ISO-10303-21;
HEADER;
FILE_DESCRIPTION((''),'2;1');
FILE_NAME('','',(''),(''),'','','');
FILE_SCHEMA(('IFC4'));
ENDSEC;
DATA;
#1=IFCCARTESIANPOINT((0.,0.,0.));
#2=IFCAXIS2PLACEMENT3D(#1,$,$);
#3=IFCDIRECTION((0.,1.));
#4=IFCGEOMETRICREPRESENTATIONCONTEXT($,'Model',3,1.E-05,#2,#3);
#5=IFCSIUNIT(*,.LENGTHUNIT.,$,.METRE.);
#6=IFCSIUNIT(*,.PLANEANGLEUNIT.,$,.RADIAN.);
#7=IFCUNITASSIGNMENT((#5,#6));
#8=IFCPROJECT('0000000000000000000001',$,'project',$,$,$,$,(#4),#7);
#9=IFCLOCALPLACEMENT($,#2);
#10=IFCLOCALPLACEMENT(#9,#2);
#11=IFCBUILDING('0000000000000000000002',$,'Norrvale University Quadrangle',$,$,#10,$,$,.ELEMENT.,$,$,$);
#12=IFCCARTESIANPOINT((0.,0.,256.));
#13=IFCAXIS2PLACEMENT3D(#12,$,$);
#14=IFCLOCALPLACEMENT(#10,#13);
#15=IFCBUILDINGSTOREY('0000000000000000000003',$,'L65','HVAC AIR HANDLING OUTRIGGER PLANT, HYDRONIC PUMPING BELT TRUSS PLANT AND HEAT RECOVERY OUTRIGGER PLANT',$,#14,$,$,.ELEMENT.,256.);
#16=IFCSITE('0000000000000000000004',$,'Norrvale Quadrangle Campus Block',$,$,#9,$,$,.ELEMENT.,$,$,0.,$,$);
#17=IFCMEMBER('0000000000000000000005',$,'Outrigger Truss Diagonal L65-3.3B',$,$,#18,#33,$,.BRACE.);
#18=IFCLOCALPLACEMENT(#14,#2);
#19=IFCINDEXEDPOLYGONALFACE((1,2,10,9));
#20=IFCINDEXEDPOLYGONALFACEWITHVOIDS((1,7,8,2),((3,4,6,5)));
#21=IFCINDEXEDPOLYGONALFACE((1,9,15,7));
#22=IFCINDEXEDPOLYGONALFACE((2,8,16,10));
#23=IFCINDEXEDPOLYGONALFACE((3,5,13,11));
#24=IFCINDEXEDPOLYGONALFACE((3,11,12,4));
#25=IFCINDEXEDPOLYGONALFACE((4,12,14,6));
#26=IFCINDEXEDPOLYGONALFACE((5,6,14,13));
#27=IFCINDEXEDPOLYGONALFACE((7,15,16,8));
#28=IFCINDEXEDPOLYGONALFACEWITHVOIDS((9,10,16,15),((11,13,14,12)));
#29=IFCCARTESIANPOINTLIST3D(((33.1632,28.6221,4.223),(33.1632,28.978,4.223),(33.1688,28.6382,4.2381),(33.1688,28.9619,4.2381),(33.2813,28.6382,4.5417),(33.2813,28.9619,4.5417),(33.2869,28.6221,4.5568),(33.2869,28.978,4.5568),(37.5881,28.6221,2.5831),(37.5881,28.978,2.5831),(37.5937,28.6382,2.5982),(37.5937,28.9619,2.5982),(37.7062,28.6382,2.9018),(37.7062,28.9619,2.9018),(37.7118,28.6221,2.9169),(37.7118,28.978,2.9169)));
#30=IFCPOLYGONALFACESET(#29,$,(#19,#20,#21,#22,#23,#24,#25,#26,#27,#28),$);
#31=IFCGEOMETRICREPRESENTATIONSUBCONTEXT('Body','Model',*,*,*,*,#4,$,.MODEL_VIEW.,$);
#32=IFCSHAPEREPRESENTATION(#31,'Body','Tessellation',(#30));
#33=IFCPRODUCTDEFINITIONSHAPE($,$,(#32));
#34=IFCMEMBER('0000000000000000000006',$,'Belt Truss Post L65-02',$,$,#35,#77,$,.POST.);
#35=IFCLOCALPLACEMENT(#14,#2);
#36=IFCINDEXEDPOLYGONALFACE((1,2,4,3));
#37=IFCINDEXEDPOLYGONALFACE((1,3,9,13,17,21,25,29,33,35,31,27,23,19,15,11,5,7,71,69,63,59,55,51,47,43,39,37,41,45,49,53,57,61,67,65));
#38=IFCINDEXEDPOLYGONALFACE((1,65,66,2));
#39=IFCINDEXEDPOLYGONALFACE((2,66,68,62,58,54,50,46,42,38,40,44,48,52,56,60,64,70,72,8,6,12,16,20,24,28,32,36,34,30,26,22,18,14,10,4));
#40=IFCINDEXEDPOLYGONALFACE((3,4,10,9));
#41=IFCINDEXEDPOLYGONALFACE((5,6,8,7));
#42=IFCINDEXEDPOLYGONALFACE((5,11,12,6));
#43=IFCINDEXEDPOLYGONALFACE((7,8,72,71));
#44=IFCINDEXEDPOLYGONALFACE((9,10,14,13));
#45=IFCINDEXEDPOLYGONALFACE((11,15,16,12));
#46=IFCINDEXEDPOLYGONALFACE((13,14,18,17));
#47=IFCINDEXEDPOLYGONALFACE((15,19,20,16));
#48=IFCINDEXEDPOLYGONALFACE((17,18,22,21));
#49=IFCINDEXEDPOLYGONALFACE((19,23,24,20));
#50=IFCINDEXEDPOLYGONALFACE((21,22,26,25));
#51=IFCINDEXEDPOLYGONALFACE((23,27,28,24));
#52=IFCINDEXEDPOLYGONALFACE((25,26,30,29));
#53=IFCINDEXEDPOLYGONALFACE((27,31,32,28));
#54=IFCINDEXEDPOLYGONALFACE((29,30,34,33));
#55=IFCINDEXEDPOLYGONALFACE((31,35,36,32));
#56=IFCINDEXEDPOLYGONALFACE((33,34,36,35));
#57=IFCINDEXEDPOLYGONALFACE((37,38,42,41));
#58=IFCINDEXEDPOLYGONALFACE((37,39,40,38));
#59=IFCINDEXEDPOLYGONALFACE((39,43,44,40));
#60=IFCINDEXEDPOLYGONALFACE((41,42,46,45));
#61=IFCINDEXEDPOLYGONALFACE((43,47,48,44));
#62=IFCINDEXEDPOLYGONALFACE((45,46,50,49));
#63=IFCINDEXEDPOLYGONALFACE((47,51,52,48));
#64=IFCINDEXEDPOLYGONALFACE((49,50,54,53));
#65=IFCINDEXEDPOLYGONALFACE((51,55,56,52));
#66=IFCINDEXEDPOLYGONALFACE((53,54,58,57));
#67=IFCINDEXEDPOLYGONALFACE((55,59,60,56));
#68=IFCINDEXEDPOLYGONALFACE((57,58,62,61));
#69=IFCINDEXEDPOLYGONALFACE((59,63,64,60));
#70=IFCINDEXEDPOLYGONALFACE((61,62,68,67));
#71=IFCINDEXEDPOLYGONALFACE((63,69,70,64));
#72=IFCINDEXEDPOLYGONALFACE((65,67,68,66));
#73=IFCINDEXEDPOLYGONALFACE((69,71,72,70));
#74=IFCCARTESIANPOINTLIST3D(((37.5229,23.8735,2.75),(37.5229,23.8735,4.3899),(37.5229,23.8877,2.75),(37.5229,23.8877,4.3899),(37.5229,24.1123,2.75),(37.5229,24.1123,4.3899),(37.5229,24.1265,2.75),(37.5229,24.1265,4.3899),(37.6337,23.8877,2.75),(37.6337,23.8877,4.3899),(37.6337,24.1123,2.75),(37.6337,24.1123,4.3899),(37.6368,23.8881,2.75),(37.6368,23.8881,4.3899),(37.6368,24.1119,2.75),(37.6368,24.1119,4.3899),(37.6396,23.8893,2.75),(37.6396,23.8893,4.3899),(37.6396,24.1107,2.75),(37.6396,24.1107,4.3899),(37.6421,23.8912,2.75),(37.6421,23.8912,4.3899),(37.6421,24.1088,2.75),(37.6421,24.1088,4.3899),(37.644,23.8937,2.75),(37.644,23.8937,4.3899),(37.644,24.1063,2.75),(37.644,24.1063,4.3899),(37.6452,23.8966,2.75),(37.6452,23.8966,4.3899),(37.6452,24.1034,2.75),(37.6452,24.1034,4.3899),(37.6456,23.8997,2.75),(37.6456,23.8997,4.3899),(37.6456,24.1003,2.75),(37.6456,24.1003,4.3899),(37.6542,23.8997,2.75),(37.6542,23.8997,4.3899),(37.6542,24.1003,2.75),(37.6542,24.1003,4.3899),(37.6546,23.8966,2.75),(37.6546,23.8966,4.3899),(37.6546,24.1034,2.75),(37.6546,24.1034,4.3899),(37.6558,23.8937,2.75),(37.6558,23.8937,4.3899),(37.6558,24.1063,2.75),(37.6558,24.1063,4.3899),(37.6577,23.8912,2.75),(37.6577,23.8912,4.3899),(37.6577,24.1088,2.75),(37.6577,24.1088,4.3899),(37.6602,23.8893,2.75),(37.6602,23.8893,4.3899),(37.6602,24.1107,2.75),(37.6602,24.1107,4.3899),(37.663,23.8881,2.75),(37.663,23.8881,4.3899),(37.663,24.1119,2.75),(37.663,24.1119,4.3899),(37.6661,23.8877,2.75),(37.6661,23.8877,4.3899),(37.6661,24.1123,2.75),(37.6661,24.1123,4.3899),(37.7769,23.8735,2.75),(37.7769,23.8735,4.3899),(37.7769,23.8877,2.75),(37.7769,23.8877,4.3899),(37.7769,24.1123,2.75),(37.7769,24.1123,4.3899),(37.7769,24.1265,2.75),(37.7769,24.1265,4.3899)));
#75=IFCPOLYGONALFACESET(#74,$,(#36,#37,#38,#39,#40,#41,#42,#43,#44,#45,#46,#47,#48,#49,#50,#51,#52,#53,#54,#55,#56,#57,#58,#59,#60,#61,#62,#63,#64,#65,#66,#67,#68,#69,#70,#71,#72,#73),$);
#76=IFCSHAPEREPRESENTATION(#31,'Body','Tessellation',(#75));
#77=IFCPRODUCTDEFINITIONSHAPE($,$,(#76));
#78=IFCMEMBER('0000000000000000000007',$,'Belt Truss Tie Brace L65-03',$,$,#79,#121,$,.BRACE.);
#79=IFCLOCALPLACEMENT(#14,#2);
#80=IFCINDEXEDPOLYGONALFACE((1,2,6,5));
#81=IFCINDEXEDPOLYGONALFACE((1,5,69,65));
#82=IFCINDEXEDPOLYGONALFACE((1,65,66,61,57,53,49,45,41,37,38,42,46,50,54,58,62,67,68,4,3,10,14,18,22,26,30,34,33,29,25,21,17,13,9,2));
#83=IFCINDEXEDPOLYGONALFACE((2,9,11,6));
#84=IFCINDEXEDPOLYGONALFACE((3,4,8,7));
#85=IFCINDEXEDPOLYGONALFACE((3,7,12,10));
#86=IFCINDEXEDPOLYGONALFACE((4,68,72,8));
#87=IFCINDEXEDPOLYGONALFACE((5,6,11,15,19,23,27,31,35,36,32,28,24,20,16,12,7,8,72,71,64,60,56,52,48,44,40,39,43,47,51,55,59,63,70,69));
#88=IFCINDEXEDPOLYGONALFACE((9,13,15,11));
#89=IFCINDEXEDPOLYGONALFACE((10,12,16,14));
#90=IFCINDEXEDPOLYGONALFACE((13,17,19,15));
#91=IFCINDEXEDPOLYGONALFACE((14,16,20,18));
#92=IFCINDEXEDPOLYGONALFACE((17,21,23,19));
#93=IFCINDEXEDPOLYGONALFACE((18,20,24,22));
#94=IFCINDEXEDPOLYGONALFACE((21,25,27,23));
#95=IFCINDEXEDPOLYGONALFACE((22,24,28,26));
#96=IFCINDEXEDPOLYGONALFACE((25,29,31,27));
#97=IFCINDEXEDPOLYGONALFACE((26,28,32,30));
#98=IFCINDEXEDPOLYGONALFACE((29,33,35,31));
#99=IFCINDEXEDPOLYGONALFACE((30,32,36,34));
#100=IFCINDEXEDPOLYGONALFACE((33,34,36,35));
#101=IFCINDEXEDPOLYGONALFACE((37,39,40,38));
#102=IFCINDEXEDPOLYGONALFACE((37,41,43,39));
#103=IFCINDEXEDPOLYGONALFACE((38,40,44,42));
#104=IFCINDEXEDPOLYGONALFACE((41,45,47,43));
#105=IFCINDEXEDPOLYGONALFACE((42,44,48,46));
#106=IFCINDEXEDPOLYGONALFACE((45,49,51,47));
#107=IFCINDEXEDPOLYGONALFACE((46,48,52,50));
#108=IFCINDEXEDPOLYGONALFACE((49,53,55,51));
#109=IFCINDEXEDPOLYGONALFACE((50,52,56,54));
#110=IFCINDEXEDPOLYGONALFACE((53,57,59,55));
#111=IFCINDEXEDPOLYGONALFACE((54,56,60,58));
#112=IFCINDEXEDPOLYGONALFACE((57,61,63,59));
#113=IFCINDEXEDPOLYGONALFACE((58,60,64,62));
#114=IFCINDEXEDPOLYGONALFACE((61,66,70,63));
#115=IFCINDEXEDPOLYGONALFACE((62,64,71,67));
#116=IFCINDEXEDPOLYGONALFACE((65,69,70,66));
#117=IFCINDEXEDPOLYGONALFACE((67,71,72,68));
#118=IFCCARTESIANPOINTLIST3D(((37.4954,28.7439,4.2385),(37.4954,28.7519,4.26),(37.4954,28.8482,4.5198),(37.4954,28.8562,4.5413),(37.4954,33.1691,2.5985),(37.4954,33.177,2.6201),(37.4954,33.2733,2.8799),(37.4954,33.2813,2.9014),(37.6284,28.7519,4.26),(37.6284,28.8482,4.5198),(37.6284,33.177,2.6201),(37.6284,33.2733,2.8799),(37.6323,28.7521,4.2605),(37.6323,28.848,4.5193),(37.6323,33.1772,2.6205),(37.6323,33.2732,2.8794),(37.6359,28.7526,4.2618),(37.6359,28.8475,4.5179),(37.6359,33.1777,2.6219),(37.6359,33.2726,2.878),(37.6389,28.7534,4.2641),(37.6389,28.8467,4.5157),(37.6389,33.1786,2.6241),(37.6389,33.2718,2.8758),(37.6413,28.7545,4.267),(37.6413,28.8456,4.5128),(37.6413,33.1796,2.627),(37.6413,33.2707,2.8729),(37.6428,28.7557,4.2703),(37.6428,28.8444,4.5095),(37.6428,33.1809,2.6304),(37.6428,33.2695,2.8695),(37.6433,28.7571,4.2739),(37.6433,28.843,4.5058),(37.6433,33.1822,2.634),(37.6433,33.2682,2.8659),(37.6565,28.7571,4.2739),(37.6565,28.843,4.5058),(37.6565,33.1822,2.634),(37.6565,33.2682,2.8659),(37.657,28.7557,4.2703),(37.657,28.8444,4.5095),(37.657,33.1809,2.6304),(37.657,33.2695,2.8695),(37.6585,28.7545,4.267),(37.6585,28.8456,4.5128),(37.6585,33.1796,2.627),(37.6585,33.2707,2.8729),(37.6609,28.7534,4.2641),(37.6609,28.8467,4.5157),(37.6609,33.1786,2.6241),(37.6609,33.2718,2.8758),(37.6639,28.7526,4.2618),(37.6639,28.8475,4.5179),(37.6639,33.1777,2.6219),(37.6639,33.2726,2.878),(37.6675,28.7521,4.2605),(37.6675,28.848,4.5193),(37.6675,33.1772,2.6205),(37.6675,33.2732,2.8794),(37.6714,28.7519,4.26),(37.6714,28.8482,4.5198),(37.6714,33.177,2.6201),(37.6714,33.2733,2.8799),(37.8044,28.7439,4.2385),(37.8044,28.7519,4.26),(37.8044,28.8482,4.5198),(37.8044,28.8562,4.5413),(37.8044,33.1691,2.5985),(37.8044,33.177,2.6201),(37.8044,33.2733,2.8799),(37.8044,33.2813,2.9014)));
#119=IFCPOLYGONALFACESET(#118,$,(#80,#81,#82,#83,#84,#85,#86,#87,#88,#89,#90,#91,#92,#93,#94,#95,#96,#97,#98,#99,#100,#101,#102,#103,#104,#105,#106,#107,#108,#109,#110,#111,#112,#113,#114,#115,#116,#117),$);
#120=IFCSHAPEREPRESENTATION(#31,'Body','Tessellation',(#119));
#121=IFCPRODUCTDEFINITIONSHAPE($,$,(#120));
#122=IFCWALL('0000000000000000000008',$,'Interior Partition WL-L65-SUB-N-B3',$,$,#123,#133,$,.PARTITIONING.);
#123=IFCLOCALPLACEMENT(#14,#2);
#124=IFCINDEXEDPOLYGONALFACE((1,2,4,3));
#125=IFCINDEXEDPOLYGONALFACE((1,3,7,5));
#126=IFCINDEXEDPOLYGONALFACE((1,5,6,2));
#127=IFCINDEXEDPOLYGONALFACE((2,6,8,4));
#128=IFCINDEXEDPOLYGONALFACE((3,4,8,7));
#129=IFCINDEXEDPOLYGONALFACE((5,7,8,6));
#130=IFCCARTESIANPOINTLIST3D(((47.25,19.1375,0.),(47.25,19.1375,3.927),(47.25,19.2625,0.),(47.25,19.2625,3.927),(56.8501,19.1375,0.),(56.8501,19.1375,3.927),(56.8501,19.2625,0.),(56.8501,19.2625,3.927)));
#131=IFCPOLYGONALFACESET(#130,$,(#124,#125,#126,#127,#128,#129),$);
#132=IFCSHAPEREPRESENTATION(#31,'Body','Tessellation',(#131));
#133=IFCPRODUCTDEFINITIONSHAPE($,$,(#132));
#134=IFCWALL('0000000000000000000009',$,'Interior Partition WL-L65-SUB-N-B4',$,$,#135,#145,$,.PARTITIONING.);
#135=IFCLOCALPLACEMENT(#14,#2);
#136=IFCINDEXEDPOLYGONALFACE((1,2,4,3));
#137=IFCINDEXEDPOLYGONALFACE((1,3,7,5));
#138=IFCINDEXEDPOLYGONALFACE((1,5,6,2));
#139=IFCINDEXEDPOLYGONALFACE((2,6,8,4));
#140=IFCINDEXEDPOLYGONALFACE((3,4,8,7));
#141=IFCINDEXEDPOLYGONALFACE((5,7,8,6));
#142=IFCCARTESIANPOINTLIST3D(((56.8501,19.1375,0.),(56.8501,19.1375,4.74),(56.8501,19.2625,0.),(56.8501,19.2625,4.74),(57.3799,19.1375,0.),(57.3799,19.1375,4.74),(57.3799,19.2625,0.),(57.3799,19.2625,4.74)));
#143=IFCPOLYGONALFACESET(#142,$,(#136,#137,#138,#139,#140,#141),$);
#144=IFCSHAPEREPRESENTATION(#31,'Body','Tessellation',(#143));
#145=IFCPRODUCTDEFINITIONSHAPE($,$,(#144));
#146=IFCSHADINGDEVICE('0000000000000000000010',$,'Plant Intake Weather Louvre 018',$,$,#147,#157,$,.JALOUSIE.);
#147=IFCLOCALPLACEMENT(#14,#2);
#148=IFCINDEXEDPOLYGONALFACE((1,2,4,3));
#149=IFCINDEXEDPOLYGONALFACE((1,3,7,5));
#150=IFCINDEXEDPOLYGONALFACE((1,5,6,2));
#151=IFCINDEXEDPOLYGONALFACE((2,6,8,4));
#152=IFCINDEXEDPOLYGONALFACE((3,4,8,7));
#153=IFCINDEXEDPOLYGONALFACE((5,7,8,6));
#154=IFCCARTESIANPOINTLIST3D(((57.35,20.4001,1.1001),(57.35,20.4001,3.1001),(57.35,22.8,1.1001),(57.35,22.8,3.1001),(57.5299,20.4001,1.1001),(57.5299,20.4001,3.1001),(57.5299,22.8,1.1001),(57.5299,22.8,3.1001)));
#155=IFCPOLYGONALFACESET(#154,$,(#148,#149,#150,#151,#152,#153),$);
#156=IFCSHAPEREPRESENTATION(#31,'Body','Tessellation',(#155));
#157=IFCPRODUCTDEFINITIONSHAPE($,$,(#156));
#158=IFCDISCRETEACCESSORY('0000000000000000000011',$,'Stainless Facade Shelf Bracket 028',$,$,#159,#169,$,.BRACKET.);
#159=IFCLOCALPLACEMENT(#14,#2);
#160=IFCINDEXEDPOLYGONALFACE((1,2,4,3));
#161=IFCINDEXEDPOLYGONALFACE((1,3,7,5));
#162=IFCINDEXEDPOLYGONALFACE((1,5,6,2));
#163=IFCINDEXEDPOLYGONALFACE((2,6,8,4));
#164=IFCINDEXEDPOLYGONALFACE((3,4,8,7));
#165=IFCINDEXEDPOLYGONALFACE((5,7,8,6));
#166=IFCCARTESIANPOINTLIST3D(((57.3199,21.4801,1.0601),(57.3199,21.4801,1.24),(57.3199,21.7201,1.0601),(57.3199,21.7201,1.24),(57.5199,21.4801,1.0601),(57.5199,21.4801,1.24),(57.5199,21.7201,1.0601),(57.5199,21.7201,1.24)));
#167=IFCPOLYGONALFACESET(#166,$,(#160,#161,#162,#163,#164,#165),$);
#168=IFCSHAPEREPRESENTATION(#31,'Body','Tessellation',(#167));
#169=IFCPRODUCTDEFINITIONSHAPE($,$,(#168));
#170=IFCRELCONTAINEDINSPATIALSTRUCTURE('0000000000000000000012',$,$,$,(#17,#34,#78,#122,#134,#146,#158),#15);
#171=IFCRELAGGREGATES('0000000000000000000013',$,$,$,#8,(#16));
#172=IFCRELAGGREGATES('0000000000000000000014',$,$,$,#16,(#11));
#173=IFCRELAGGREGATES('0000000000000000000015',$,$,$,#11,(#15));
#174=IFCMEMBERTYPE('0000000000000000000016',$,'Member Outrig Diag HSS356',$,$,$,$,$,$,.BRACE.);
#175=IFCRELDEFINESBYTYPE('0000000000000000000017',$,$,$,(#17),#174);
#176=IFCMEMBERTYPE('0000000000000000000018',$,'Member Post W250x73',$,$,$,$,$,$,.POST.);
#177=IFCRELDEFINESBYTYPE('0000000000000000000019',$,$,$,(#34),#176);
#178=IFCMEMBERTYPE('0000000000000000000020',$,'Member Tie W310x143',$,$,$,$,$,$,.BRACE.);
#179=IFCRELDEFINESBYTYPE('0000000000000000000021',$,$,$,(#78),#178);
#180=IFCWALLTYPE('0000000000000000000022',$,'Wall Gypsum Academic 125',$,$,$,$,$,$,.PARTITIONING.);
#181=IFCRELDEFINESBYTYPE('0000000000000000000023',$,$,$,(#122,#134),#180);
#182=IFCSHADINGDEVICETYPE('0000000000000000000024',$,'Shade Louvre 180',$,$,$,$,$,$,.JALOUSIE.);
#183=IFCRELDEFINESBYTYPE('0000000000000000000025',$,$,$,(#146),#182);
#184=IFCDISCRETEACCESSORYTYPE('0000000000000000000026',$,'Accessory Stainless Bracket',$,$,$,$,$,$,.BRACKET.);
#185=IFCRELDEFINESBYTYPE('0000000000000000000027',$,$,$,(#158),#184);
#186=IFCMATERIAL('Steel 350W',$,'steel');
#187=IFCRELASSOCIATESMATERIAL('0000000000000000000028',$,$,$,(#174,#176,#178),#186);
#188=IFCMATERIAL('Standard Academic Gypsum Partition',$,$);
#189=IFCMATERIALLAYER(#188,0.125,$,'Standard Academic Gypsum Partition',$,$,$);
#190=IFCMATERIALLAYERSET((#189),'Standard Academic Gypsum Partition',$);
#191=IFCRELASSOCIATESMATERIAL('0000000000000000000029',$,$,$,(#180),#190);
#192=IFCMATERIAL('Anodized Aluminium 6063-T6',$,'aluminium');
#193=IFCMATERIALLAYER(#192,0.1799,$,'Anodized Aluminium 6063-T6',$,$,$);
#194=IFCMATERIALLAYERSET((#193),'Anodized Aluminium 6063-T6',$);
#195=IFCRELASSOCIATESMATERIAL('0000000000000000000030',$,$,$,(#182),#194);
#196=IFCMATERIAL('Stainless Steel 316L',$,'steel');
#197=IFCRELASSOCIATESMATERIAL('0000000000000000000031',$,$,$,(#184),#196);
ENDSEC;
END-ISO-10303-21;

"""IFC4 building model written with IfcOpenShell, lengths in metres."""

from ifc_helpers import new_model, si_unit, direction, frame, frame_2d, origin, origin_2d, place, context, subcontext, project, spatial, rectangle, hollow_rectangle, i_section, extrude, material, layer, layer_set, material_profile, profile_set, type_object, element, save


model = new_model("IFC4")

# Units and contexts
model_context = context("Model", 3, precision=1e-05, world=origin(), true_north=direction((0.0, 1.0)))
body_context = subcontext(model_context, "Body", "Model", "MODEL_VIEW")
ifc_project = project(units=[si_unit("LENGTHUNIT", "METRE"), si_unit("PLANEANGLEUNIT", "RADIAN")], contexts=[model_context])

# Site, building, storey
site_placement = place(None, origin())
site = spatial("IfcSite", under=ifc_project, at=site_placement, Name="Norrvale Quadrangle Campus Block", CompositionType="ELEMENT", RefElevation=0.0)
building_placement = place(site_placement, origin())
building = spatial("IfcBuilding", under=site, at=building_placement, Name="Norrvale University Quadrangle", CompositionType="ELEMENT")
storey_placement = place(building_placement, frame((0.0, 0.0, 256.0)))
storey = spatial("IfcBuildingStorey", under=building, at=storey_placement, Name="L65", Description="HVAC AIR HANDLING OUTRIGGER PLANT, HYDRONIC PUMPING BELT TRUSS PLANT AND HEAT RECOVERY OUTRIGGER PLANT", CompositionType="ELEMENT", Elevation=256.0)

# Shared definitions
ifc_material_1 = material(Name="Steel 350W", Category="steel")

# Members
ifc_material_profile_1 = material_profile(ifc_material_1, hollow_rectangle(XDim=0.356, YDim=0.356, WallThickness=0.0161, at=origin_2d()), Name="Steel 350W")
ifc_profile_set_1 = profile_set([ifc_material_profile_1], Name="Steel 350W")
member_type_1 = type_object("IfcMemberType", Name="Member Outrig Diag HSS356", PredefinedType="BRACE", material=ifc_profile_set_1)
member_1_placement = place(storey_placement, frame((37.6499, 28.8, 2.75), z_axis=(-0.937674, 0.0, 0.347515), x_axis=(0.0, -1.0, 0.0)))
element("IfcMember", 1, at=member_1_placement, inside=storey, type_object=member_type_1, Name="Outrigger Truss Diagonal L65-3.3B", PredefinedType="BRACE", context=body_context, shape_type="SweptSolid", body=[
    extrude(hollow_rectangle(XDim=0.356, YDim=0.356, WallThickness=0.0161, at=origin_2d()), origin(), (0.0, 0.0, 1.0), 4.719),
])
ifc_material_profile_2 = material_profile(ifc_material_1, i_section(OverallWidth=0.2539, OverallDepth=0.2529, WebThickness=0.0085, FlangeThickness=0.0142, FilletRadius=0.012, at=origin_2d()), Name="Steel 350W")
ifc_profile_set_2 = profile_set([ifc_material_profile_2], Name="Steel 350W")
member_type_2 = type_object("IfcMemberType", Name="Member Post W250x73", PredefinedType="POST", material=ifc_profile_set_2)
member_2_placement = place(storey_placement, frame((37.6499, 24.0, 2.75), z_axis=(0.0, 0.0, 1.0), x_axis=(1.0, 0.0, 0.0)))
element("IfcMember", 2, at=member_2_placement, inside=storey, type_object=member_type_2, Name="Belt Truss Post L65-02", PredefinedType="POST", context=body_context, shape_type="SweptSolid", body=[
    extrude(i_section(OverallWidth=0.2539, OverallDepth=0.2529, WebThickness=0.0085, FlangeThickness=0.0142, FilletRadius=0.012, at=origin_2d()), origin(), (0.0, 0.0, 1.0), 1.6399),
])
ifc_material_profile_3 = material_profile(ifc_material_1, i_section(OverallWidth=0.3091, OverallDepth=0.323, WebThickness=0.0132, FlangeThickness=0.0229, FilletRadius=0.0149, at=origin_2d()), Name="Steel 350W")
ifc_profile_set_3 = profile_set([ifc_material_profile_3], Name="Steel 350W")
member_type_3 = type_object("IfcMemberType", Name="Member Tie W310x143", PredefinedType="BRACE", material=ifc_profile_set_3)
member_3_placement = place(storey_placement, frame((37.6499, 28.8, 4.3899), z_axis=(0.0, 0.937681, -0.347498), x_axis=(-1.0, 0.0, 0.0)))
element("IfcMember", 3, at=member_3_placement, inside=storey, type_object=member_type_3, Name="Belt Truss Tie Brace L65-03", PredefinedType="BRACE", context=body_context, shape_type="SweptSolid", body=[
    extrude(i_section(OverallWidth=0.3091, OverallDepth=0.323, WebThickness=0.0132, FlangeThickness=0.0229, FilletRadius=0.0149, at=origin_2d()), origin(), (0.0, 0.0, 1.0), 4.7192),
])

# Walls
ifc_material_2 = material(Name="Standard Academic Gypsum Partition")
ifc_layer_1 = layer(ifc_material_2, 0.125, Name="Standard Academic Gypsum Partition")
ifc_layer_set_1 = layer_set([ifc_layer_1], Name="Standard Academic Gypsum Partition")
wall_type = type_object("IfcWallType", Name="Wall Gypsum Academic 125", PredefinedType="PARTITIONING", material=ifc_layer_set_1)
wall_1_placement = place(storey_placement, frame((47.25, 19.2, 0.0), z_axis=(0.0, 0.0, 1.0), x_axis=(1.0, 0.0, 0.0)))
element("IfcWall", 4, at=wall_1_placement, inside=storey, type_object=wall_type, Name="Interior Partition WL-L65-SUB-N-B3", PredefinedType="PARTITIONING", context=body_context, shape_type="SweptSolid", body=[
    extrude(rectangle(XDim=9.6001, YDim=0.125, at=frame_2d((4.8, 0.0))), origin(), (0.0, 0.0, 1.0), 3.927),
])
wall_2_placement = place(storey_placement, frame((56.8501, 19.2, 0.0), z_axis=(0.0, 0.0, 1.0), x_axis=(1.0, 0.0, 0.0)))
element("IfcWall", 5, at=wall_2_placement, inside=storey, type_object=wall_type, Name="Interior Partition WL-L65-SUB-N-B4", PredefinedType="PARTITIONING", context=body_context, shape_type="SweptSolid", body=[
    extrude(rectangle(XDim=0.5298, YDim=0.125, at=frame_2d((0.2649, 0.0))), origin(), (0.0, 0.0, 1.0), 4.74),
])

# Shading device
ifc_material_3 = material(Name="Anodized Aluminium 6063-T6", Category="aluminium")
ifc_layer_2 = layer(ifc_material_3, 0.1799, Name="Anodized Aluminium 6063-T6")
ifc_layer_set_2 = layer_set([ifc_layer_2], Name="Anodized Aluminium 6063-T6")
shading_device_type = type_object("IfcShadingDeviceType", Name="Shade Louvre 180", PredefinedType="JALOUSIE", material=ifc_layer_set_2)
shading_device_placement = place(storey_placement, frame((57.4399, 21.6001, 1.1001), z_axis=(0.0, 0.0, 1.0), x_axis=(0.0, 1.0, 0.0)))
element("IfcShadingDevice", 6, at=shading_device_placement, inside=storey, type_object=shading_device_type, Name="Plant Intake Weather Louvre 018", PredefinedType="JALOUSIE", context=body_context, shape_type="SweptSolid", body=[
    extrude(rectangle(XDim=2.3999, YDim=0.1799, at=origin_2d()), origin(), (0.0, 0.0, 1.0), 2.0),
])

# Discrete accessory
ifc_material_4 = material(Name="Stainless Steel 316L", Category="steel")
discrete_accessory_type = type_object("IfcDiscreteAccessoryType", Name="Accessory Stainless Bracket", PredefinedType="BRACKET", material=ifc_material_4)
discrete_accessory_placement = place(storey_placement, frame((57.4199, 21.6001, 1.0601), z_axis=(0.0, 0.0, 1.0), x_axis=(0.0, 1.0, 0.0)))
element("IfcDiscreteAccessory", 7, at=discrete_accessory_placement, inside=storey, type_object=discrete_accessory_type, Name="Stainless Facade Shelf Bracket 028", PredefinedType="BRACKET", context=body_context, shape_type="SweptSolid", body=[
    extrude(rectangle(XDim=0.24, YDim=0.2, at=origin_2d()), origin(), (0.0, 0.0, 1.0), 0.1799),
])

save(model, "model.ifc")
